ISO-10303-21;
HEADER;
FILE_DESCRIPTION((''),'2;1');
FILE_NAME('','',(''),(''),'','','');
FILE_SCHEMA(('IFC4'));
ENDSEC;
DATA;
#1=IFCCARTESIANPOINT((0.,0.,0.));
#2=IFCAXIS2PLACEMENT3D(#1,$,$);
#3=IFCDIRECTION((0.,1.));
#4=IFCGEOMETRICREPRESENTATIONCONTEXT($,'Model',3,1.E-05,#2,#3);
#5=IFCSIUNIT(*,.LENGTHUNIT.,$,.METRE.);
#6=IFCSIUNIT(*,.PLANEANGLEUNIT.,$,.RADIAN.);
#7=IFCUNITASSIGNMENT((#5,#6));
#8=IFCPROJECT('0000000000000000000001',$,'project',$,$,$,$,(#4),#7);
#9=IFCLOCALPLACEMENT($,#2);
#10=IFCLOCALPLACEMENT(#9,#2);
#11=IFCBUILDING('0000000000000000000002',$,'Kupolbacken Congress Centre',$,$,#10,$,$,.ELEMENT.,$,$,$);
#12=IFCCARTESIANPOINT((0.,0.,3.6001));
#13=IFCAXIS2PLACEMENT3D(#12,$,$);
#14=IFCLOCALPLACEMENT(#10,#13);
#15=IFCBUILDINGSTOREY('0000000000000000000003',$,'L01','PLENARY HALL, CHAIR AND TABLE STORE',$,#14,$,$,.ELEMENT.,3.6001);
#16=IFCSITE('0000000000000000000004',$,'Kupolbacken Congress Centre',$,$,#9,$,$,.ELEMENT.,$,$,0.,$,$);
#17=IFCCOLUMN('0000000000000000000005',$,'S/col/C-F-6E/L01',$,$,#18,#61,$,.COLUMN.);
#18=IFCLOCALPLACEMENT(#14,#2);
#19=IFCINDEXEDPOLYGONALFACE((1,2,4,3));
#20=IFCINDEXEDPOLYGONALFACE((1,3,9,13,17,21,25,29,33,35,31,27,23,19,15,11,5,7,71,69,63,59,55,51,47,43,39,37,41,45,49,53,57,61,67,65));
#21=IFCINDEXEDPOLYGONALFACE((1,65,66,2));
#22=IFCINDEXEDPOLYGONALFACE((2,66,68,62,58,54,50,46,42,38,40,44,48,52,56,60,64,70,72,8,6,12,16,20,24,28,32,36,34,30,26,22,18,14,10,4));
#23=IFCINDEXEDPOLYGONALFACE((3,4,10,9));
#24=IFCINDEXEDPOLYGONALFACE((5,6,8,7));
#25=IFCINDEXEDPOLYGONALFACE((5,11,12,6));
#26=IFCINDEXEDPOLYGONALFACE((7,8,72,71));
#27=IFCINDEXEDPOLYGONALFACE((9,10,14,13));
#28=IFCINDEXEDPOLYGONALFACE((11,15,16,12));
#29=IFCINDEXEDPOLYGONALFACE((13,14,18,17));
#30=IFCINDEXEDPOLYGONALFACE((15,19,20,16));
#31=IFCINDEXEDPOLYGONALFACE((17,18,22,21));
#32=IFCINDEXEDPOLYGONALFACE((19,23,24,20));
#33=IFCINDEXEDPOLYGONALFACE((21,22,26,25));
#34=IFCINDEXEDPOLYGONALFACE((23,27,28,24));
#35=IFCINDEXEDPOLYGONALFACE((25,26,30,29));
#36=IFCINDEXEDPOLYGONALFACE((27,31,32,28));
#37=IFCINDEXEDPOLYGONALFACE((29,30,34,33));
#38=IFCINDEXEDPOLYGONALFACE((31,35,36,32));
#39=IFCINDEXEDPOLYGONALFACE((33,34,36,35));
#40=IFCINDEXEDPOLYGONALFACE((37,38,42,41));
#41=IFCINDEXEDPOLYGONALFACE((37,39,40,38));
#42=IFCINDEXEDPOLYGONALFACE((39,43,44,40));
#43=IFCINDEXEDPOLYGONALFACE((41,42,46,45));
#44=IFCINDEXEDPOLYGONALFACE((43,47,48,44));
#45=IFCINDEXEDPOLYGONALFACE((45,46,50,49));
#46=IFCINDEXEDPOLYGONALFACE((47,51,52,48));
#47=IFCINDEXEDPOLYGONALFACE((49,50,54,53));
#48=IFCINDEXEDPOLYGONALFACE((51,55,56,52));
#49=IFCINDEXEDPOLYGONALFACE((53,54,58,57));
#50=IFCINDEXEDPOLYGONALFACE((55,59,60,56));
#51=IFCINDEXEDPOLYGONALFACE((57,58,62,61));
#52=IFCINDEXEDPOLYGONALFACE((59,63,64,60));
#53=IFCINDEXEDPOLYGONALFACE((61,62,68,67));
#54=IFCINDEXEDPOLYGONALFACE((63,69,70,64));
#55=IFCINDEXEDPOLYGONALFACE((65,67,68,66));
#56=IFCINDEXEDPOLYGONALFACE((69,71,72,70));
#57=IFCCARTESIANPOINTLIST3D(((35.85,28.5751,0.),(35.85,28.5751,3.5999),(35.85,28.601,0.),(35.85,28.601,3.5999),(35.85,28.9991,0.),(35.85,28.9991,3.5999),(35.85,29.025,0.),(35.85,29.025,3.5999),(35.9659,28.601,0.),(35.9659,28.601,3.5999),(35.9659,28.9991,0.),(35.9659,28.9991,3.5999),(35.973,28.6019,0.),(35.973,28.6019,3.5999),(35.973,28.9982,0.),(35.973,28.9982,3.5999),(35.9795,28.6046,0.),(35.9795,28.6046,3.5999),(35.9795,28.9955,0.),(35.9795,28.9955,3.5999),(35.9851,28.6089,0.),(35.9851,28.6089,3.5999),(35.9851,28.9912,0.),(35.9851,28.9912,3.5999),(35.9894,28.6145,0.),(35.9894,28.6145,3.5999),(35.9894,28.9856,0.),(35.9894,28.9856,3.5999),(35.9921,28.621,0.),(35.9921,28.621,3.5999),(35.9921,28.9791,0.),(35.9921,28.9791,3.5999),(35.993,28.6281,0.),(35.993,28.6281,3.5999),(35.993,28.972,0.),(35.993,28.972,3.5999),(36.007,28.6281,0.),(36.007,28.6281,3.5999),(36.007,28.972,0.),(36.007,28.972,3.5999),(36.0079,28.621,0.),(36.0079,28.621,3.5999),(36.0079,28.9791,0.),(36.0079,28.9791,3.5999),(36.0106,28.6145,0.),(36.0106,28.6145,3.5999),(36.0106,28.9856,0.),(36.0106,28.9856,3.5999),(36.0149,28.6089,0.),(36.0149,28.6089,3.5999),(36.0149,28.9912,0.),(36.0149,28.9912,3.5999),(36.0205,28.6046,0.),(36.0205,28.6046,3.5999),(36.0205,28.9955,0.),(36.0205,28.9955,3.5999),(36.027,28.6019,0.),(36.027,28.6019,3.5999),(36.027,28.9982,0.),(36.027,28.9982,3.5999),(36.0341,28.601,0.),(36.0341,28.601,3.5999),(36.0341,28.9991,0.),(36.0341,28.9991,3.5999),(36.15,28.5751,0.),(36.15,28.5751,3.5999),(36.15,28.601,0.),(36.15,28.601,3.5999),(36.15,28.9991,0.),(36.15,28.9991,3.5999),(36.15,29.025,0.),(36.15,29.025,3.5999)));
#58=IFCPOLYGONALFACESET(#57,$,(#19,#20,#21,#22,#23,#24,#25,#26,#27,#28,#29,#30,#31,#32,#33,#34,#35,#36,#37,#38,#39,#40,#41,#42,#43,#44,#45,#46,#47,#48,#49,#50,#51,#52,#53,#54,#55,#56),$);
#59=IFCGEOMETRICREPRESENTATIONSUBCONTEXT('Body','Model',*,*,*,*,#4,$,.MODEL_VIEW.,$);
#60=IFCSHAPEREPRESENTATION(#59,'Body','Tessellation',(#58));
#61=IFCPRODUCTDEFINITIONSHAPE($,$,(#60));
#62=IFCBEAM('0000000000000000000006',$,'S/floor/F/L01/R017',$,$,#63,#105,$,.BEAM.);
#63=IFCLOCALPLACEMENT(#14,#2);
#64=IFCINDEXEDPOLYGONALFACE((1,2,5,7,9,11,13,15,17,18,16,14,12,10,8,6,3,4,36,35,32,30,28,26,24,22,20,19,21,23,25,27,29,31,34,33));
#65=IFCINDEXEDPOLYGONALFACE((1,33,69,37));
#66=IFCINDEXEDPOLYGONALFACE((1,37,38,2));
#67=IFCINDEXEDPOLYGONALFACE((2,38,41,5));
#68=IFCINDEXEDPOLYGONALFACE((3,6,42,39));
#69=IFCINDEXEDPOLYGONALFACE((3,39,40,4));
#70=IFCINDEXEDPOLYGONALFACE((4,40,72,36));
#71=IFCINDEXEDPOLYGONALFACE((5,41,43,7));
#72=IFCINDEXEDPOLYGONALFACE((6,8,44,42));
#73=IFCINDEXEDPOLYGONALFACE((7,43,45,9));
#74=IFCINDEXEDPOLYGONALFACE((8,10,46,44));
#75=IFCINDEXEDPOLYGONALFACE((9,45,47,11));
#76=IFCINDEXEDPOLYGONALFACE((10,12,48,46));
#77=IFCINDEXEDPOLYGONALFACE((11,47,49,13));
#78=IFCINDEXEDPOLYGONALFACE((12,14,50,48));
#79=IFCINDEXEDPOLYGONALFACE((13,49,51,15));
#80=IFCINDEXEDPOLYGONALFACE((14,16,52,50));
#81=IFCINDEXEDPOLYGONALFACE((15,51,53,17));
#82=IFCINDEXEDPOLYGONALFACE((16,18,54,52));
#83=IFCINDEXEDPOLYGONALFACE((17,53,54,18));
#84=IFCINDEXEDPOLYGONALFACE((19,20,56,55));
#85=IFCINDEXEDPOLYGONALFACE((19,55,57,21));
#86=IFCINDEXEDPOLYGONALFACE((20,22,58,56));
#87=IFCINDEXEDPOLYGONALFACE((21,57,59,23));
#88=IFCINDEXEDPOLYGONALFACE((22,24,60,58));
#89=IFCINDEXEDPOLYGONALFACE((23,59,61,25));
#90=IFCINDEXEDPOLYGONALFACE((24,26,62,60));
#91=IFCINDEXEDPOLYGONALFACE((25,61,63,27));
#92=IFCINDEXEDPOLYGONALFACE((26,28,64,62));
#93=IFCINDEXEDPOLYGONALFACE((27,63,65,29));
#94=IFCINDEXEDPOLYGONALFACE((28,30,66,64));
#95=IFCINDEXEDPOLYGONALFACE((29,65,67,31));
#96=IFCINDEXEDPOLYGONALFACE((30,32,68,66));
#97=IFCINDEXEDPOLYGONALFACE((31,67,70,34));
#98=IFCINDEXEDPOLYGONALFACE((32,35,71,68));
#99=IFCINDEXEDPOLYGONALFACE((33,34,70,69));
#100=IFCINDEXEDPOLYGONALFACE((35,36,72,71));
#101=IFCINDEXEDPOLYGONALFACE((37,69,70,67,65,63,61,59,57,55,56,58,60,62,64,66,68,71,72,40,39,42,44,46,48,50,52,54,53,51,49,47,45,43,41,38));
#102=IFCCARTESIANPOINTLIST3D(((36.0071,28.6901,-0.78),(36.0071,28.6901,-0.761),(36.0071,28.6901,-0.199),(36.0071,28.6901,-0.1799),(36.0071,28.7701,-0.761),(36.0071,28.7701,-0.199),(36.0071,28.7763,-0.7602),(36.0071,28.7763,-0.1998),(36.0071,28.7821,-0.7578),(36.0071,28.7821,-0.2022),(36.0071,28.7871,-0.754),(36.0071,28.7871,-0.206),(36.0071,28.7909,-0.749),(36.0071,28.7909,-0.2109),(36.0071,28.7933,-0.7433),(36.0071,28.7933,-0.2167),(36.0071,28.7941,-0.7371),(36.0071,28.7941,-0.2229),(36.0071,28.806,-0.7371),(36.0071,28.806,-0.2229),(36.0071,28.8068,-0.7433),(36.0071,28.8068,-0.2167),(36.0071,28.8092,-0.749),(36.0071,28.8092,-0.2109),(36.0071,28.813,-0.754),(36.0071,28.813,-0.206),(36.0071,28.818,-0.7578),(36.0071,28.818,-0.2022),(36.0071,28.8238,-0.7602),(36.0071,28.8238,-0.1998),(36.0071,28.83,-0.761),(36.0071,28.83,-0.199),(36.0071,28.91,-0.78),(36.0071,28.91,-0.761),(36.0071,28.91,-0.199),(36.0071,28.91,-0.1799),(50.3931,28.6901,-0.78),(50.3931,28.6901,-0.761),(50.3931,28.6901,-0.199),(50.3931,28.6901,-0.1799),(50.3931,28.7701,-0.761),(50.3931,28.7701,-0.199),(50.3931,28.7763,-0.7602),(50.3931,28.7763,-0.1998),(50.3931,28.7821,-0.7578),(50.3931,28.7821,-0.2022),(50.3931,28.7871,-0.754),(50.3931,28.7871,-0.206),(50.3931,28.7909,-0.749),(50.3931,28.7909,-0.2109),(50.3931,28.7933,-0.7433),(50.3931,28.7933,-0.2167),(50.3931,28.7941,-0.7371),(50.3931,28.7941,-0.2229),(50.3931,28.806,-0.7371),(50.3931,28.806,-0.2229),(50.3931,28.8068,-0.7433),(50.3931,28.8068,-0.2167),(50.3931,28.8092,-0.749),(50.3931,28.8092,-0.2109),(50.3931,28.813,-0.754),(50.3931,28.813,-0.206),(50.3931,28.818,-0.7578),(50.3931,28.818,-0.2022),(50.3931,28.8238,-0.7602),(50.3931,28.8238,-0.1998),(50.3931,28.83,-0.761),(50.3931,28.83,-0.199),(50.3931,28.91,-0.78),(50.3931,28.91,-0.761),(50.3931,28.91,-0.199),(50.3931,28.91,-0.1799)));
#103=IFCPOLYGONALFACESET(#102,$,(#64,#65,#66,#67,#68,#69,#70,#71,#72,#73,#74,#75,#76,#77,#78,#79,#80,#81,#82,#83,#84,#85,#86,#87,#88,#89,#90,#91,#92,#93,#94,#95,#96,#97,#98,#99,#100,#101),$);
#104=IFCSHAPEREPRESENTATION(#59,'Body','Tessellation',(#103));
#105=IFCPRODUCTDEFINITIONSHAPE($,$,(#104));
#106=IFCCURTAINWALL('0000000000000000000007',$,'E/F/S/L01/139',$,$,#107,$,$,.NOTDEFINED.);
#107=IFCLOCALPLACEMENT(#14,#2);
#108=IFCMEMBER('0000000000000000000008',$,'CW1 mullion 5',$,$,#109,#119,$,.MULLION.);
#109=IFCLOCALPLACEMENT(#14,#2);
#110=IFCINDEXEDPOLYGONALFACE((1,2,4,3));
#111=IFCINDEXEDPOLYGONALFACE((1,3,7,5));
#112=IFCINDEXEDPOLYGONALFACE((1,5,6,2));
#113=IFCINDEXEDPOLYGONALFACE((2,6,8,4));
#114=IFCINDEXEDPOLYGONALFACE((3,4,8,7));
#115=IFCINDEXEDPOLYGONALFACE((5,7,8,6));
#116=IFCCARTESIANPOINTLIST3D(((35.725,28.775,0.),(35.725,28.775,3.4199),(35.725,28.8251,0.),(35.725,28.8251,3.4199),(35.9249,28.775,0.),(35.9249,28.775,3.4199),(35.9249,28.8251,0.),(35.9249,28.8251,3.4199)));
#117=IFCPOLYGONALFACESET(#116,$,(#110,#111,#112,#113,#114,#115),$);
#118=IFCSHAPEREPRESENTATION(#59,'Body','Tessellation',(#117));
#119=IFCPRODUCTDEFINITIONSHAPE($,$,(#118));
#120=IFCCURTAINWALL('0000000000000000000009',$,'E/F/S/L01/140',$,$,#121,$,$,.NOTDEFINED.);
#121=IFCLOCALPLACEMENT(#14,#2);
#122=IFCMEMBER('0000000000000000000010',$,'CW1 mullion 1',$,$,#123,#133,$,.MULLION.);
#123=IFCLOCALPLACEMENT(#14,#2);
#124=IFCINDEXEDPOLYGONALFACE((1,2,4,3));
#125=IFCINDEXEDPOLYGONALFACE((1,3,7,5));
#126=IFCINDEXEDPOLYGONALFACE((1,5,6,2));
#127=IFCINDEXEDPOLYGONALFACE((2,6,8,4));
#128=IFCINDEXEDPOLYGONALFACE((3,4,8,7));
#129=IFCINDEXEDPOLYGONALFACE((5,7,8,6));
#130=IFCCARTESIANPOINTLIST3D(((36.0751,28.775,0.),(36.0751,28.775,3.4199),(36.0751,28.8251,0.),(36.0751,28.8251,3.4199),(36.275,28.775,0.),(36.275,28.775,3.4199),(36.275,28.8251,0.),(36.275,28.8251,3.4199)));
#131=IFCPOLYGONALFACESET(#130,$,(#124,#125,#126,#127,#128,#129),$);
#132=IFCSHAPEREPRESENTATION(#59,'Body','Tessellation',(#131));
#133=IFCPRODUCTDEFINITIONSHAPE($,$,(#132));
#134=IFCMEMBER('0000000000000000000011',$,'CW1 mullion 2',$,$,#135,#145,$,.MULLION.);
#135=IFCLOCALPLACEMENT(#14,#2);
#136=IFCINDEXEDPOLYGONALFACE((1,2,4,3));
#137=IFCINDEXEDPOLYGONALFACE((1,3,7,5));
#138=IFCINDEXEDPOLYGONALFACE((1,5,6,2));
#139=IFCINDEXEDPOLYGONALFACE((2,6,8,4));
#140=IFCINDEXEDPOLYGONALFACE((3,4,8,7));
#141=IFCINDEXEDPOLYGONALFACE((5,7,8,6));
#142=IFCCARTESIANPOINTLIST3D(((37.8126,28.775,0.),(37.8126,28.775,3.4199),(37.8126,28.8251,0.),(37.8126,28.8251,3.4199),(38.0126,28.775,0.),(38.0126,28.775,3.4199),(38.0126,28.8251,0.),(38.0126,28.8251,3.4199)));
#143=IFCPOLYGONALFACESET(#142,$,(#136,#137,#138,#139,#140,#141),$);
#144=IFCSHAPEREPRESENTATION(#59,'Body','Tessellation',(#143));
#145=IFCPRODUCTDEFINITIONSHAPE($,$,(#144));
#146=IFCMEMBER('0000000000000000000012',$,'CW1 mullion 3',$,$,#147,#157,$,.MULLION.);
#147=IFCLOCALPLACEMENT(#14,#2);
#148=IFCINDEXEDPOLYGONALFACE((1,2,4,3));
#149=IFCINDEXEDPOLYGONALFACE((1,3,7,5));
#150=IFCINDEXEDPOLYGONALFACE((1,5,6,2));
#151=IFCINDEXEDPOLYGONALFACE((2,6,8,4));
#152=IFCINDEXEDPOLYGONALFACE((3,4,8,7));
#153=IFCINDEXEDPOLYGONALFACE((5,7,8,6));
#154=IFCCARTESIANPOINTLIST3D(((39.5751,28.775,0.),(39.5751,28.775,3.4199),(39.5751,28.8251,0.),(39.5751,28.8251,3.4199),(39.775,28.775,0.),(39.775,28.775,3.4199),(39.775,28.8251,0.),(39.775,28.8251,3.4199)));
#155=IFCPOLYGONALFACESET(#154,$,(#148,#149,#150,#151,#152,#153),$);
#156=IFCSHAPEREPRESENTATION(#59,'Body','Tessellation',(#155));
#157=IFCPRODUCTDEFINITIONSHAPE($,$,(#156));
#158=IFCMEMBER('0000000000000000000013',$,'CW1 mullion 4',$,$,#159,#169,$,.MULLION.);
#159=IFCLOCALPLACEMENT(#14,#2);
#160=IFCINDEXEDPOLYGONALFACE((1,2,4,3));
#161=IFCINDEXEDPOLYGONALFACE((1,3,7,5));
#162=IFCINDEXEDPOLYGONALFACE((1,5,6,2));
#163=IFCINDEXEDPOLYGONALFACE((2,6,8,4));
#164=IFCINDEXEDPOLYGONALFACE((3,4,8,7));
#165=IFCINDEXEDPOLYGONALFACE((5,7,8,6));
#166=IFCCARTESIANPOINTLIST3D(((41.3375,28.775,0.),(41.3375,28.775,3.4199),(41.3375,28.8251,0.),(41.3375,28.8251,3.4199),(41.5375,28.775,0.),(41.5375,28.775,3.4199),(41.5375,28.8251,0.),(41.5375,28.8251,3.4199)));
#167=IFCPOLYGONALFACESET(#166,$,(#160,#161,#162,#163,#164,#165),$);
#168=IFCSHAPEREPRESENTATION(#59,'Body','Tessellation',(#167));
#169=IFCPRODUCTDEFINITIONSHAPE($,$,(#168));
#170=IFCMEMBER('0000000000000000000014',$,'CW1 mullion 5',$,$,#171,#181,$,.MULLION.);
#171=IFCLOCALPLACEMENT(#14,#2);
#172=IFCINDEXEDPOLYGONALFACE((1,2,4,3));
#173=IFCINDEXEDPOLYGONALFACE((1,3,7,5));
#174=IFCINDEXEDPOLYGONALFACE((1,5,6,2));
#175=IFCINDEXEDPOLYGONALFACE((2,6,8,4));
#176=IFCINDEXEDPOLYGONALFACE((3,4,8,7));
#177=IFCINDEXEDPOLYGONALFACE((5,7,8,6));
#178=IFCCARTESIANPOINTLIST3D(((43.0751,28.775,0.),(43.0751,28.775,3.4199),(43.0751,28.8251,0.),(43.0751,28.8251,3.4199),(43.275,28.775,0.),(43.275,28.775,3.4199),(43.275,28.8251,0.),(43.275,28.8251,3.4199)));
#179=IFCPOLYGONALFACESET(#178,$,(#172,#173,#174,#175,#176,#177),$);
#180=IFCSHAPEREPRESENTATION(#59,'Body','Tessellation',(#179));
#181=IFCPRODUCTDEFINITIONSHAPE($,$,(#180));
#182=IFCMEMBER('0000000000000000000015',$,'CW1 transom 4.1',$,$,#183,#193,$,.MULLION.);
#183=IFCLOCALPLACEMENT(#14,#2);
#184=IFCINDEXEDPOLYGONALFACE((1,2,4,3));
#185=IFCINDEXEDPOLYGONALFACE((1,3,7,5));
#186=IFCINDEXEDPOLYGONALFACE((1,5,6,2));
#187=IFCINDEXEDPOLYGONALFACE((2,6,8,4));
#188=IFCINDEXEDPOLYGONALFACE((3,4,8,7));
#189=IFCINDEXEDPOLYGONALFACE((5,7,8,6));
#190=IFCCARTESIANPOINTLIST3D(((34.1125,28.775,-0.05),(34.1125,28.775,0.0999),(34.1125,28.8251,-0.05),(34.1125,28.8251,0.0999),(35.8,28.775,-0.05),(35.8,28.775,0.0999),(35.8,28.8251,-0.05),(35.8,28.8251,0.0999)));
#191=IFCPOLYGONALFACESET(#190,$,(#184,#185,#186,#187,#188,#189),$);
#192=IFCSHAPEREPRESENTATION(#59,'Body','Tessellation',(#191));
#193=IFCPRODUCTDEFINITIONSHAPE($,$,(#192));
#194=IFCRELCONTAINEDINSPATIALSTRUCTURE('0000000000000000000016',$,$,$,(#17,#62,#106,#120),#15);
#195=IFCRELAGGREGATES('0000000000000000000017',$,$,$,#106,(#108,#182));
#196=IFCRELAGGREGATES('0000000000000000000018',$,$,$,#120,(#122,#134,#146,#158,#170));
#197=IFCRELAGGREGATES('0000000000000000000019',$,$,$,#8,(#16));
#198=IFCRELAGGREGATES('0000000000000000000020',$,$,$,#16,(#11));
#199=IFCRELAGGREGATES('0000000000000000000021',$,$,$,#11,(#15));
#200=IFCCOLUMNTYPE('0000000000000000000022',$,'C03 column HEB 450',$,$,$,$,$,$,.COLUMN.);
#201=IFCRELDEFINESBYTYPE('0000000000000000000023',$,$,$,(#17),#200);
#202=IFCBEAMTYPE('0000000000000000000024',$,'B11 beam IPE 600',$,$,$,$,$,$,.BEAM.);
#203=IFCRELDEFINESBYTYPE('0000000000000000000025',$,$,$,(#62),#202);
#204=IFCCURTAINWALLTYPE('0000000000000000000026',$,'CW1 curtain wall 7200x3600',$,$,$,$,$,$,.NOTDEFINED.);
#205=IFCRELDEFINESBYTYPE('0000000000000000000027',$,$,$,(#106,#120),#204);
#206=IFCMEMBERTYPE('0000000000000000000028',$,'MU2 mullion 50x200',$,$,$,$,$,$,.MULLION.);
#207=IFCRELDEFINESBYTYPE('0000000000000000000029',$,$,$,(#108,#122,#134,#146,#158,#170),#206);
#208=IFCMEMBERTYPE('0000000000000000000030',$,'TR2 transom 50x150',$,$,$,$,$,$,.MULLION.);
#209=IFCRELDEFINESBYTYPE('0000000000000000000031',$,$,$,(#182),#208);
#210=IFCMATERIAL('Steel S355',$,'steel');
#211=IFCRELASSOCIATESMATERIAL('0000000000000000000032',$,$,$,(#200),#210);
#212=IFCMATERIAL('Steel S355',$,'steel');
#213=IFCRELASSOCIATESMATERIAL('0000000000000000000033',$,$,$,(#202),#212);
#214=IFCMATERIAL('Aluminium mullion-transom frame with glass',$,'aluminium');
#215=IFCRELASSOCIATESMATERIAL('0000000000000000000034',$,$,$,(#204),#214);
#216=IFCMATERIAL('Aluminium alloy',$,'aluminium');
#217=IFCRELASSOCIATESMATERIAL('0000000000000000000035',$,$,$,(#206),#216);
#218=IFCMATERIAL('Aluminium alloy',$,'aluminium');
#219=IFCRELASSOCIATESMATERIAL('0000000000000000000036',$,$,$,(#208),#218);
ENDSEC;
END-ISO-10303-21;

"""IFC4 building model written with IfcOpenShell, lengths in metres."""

from ifc_helpers import new_model, si_unit, direction, frame, origin, origin_2d, place, context, subcontext, project, spatial, rectangle, i_section, extrude, material, material_profile, profile_set, type_object, element, aggregate, save


model = new_model("IFC4")

# Units and contexts
model_context = context("Model", 3, precision=1e-05, world=origin(), true_north=direction((0.0, 1.0)))
body_context = subcontext(model_context, "Body", "Model", "MODEL_VIEW")
ifc_project = project(units=[si_unit("LENGTHUNIT", "METRE"), si_unit("PLANEANGLEUNIT", "RADIAN")], contexts=[model_context])

# Site, building, storey
site_placement = place(None, origin())
site = spatial("IfcSite", under=ifc_project, at=site_placement, Name="Kupolbacken Congress Centre", CompositionType="ELEMENT", RefElevation=0.0)
building_placement = place(site_placement, origin())
building = spatial("IfcBuilding", under=site, at=building_placement, Name="Kupolbacken Congress Centre", CompositionType="ELEMENT")
storey_placement = place(building_placement, frame((0.0, 0.0, 3.6001)))
storey = spatial("IfcBuildingStorey", under=building, at=storey_placement, Name="L01", Description="PLENARY HALL, CHAIR AND TABLE STORE", CompositionType="ELEMENT", Elevation=3.6001)

# Column
ifc_material_1 = material(Name="Steel S355", Category="steel")
ifc_material_profile_1 = material_profile(ifc_material_1, i_section(OverallWidth=0.3, OverallDepth=0.45, WebThickness=0.0139, FlangeThickness=0.0259, FilletRadius=0.0271, at=origin_2d()), Name="HEB 450")
ifc_profile_set_1 = profile_set([ifc_material_profile_1], Name="Steel S355")
column_type = type_object("IfcColumnType", Name="C03 column HEB 450", PredefinedType="COLUMN", material=ifc_profile_set_1)
column_placement = place(storey_placement, frame((36.0, 28.8, 0.0), z_axis=(0.0, 0.0, 1.0), x_axis=(1.0, 0.0, 0.0)))
element("IfcColumn", 1, at=column_placement, inside=storey, type_object=column_type, Name="S/col/C-F-6E/L01", PredefinedType="COLUMN", context=body_context, shape_type="SweptSolid", body=[
    extrude(i_section(OverallWidth=0.3, OverallDepth=0.45, WebThickness=0.0139, FlangeThickness=0.0259, FilletRadius=0.0271, at=origin_2d()), origin(), (0.0, 0.0, 1.0), 3.5999),
])

# Beam
ifc_material_2 = material(Name="Steel S355", Category="steel")
ifc_material_profile_2 = material_profile(ifc_material_2, i_section(OverallWidth=0.22, OverallDepth=0.6001, WebThickness=0.012, FlangeThickness=0.019, FilletRadius=0.0239, at=origin_2d()), Name="IPE 600")
ifc_profile_set_2 = profile_set([ifc_material_profile_2], Name="Steel S355")
beam_type = type_object("IfcBeamType", Name="B11 beam IPE 600", PredefinedType="BEAM", material=ifc_profile_set_2)
beam_placement = place(storey_placement, frame((36.0071, 28.8, -0.48), z_axis=(1.0, 0.0, 0.0), x_axis=(0.0, 1.0, 0.0)))
element("IfcBeam", 2, at=beam_placement, inside=storey, type_object=beam_type, Name="S/floor/F/L01/R017", PredefinedType="BEAM", context=body_context, shape_type="SweptSolid", body=[
    extrude(i_section(OverallWidth=0.22, OverallDepth=0.6001, WebThickness=0.012, FlangeThickness=0.019, FilletRadius=0.0239, at=origin_2d()), origin(), (0.0, 0.0, 1.0), 14.386),
])

# Curtain wall, member
ifc_material_3 = material(Name="Aluminium mullion-transom frame with glass", Category="aluminium")
curtain_wall_type = type_object("IfcCurtainWallType", Name="CW1 curtain wall 7200x3600", PredefinedType="NOTDEFINED", material=ifc_material_3)
curtain_wall_1_placement = place(storey_placement, origin())
curtain_wall_1 = element("IfcCurtainWall", 3, at=curtain_wall_1_placement, inside=storey, type_object=curtain_wall_type, Name="E/F/S/L01/139", PredefinedType="NOTDEFINED")
ifc_material_4 = material(Name="Aluminium alloy", Category="aluminium")
ifc_material_profile_3 = material_profile(ifc_material_4, rectangle(XDim=0.05, YDim=0.2, at=origin_2d()), Name="50 x 200")
ifc_profile_set_3 = profile_set([ifc_material_profile_3], Name="Aluminium alloy")
member_type_1 = type_object("IfcMemberType", Name="MU2 mullion 50x200", PredefinedType="MULLION", material=ifc_profile_set_3)
member_1_placement = place(storey_placement, frame((35.825, 28.8, 0.0), z_axis=(0.0, 0.0, 1.0), x_axis=(0.0, 1.0, 0.0)))
member_1 = element("IfcMember", 4, at=member_1_placement, type_object=member_type_1, Name="CW1 mullion 5", PredefinedType="MULLION", context=body_context, shape_type="SweptSolid", body=[
    extrude(rectangle(XDim=0.05, YDim=0.2, at=origin_2d()), origin(), (0.0, 0.0, 1.0), 3.4199),
])

# Curtain wall, members
curtain_wall_2_placement = place(storey_placement, origin())
curtain_wall_2 = element("IfcCurtainWall", 5, at=curtain_wall_2_placement, inside=storey, type_object=curtain_wall_type, Name="E/F/S/L01/140", PredefinedType="NOTDEFINED")
member_2_placement = place(storey_placement, frame((36.175, 28.8, 0.0), z_axis=(0.0, 0.0, 1.0), x_axis=(0.0, 1.0, 0.0)))
member_2 = element("IfcMember", 6, at=member_2_placement, type_object=member_type_1, Name="CW1 mullion 1", PredefinedType="MULLION", context=body_context, shape_type="SweptSolid", body=[
    extrude(rectangle(XDim=0.05, YDim=0.2, at=origin_2d()), origin(), (0.0, 0.0, 1.0), 3.4199),
])
member_3_placement = place(storey_placement, frame((37.9126, 28.8, 0.0), z_axis=(0.0, 0.0, 1.0), x_axis=(0.0, 1.0, 0.0)))
member_3 = element("IfcMember", 7, at=member_3_placement, type_object=member_type_1, Name="CW1 mullion 2", PredefinedType="MULLION", context=body_context, shape_type="SweptSolid", body=[
    extrude(rectangle(XDim=0.05, YDim=0.2, at=origin_2d()), origin(), (0.0, 0.0, 1.0), 3.4199),
])
member_4_placement = place(storey_placement, frame((39.675, 28.8, 0.0), z_axis=(0.0, 0.0, 1.0), x_axis=(0.0, 1.0, 0.0)))
member_4 = element("IfcMember", 8, at=member_4_placement, type_object=member_type_1, Name="CW1 mullion 3", PredefinedType="MULLION", context=body_context, shape_type="SweptSolid", body=[
    extrude(rectangle(XDim=0.05, YDim=0.2, at=origin_2d()), origin(), (0.0, 0.0, 1.0), 3.4199),
])
member_5_placement = place(storey_placement, frame((41.4375, 28.8, 0.0), z_axis=(0.0, 0.0, 1.0), x_axis=(0.0, 1.0, 0.0)))
member_5 = element("IfcMember", 9, at=member_5_placement, type_object=member_type_1, Name="CW1 mullion 4", PredefinedType="MULLION", context=body_context, shape_type="SweptSolid", body=[
    extrude(rectangle(XDim=0.05, YDim=0.2, at=origin_2d()), origin(), (0.0, 0.0, 1.0), 3.4199),
])
member_6_placement = place(storey_placement, frame((43.175, 28.8, 0.0), z_axis=(0.0, 0.0, 1.0), x_axis=(0.0, 1.0, 0.0)))
member_6 = element("IfcMember", 10, at=member_6_placement, type_object=member_type_1, Name="CW1 mullion 5", PredefinedType="MULLION", context=body_context, shape_type="SweptSolid", body=[
    extrude(rectangle(XDim=0.05, YDim=0.2, at=origin_2d()), origin(), (0.0, 0.0, 1.0), 3.4199),
])

# Member
ifc_material_5 = material(Name="Aluminium alloy", Category="aluminium")
ifc_material_profile_4 = material_profile(ifc_material_5, rectangle(XDim=0.05, YDim=0.1499, at=origin_2d()), Name="50 x 150")
ifc_profile_set_4 = profile_set([ifc_material_profile_4], Name="Aluminium alloy")
member_type_2 = type_object("IfcMemberType", Name="TR2 transom 50x150", PredefinedType="MULLION", material=ifc_profile_set_4)
member_7_placement = place(storey_placement, frame((34.1125, 28.8, 0.0249), z_axis=(1.0, 0.0, 0.0), x_axis=(0.0, 1.0, 0.0)))
member_7 = element("IfcMember", 11, at=member_7_placement, type_object=member_type_2, Name="CW1 transom 4.1", PredefinedType="MULLION", context=body_context, shape_type="SweptSolid", body=[
    extrude(rectangle(XDim=0.05, YDim=0.1499, at=origin_2d()), origin(), (0.0, 0.0, 1.0), 1.6875),
])

aggregate(curtain_wall_1, [member_1, member_7])
aggregate(curtain_wall_2, [member_2, member_3, member_4, member_5, member_6])

save(model, "model.ifc")
